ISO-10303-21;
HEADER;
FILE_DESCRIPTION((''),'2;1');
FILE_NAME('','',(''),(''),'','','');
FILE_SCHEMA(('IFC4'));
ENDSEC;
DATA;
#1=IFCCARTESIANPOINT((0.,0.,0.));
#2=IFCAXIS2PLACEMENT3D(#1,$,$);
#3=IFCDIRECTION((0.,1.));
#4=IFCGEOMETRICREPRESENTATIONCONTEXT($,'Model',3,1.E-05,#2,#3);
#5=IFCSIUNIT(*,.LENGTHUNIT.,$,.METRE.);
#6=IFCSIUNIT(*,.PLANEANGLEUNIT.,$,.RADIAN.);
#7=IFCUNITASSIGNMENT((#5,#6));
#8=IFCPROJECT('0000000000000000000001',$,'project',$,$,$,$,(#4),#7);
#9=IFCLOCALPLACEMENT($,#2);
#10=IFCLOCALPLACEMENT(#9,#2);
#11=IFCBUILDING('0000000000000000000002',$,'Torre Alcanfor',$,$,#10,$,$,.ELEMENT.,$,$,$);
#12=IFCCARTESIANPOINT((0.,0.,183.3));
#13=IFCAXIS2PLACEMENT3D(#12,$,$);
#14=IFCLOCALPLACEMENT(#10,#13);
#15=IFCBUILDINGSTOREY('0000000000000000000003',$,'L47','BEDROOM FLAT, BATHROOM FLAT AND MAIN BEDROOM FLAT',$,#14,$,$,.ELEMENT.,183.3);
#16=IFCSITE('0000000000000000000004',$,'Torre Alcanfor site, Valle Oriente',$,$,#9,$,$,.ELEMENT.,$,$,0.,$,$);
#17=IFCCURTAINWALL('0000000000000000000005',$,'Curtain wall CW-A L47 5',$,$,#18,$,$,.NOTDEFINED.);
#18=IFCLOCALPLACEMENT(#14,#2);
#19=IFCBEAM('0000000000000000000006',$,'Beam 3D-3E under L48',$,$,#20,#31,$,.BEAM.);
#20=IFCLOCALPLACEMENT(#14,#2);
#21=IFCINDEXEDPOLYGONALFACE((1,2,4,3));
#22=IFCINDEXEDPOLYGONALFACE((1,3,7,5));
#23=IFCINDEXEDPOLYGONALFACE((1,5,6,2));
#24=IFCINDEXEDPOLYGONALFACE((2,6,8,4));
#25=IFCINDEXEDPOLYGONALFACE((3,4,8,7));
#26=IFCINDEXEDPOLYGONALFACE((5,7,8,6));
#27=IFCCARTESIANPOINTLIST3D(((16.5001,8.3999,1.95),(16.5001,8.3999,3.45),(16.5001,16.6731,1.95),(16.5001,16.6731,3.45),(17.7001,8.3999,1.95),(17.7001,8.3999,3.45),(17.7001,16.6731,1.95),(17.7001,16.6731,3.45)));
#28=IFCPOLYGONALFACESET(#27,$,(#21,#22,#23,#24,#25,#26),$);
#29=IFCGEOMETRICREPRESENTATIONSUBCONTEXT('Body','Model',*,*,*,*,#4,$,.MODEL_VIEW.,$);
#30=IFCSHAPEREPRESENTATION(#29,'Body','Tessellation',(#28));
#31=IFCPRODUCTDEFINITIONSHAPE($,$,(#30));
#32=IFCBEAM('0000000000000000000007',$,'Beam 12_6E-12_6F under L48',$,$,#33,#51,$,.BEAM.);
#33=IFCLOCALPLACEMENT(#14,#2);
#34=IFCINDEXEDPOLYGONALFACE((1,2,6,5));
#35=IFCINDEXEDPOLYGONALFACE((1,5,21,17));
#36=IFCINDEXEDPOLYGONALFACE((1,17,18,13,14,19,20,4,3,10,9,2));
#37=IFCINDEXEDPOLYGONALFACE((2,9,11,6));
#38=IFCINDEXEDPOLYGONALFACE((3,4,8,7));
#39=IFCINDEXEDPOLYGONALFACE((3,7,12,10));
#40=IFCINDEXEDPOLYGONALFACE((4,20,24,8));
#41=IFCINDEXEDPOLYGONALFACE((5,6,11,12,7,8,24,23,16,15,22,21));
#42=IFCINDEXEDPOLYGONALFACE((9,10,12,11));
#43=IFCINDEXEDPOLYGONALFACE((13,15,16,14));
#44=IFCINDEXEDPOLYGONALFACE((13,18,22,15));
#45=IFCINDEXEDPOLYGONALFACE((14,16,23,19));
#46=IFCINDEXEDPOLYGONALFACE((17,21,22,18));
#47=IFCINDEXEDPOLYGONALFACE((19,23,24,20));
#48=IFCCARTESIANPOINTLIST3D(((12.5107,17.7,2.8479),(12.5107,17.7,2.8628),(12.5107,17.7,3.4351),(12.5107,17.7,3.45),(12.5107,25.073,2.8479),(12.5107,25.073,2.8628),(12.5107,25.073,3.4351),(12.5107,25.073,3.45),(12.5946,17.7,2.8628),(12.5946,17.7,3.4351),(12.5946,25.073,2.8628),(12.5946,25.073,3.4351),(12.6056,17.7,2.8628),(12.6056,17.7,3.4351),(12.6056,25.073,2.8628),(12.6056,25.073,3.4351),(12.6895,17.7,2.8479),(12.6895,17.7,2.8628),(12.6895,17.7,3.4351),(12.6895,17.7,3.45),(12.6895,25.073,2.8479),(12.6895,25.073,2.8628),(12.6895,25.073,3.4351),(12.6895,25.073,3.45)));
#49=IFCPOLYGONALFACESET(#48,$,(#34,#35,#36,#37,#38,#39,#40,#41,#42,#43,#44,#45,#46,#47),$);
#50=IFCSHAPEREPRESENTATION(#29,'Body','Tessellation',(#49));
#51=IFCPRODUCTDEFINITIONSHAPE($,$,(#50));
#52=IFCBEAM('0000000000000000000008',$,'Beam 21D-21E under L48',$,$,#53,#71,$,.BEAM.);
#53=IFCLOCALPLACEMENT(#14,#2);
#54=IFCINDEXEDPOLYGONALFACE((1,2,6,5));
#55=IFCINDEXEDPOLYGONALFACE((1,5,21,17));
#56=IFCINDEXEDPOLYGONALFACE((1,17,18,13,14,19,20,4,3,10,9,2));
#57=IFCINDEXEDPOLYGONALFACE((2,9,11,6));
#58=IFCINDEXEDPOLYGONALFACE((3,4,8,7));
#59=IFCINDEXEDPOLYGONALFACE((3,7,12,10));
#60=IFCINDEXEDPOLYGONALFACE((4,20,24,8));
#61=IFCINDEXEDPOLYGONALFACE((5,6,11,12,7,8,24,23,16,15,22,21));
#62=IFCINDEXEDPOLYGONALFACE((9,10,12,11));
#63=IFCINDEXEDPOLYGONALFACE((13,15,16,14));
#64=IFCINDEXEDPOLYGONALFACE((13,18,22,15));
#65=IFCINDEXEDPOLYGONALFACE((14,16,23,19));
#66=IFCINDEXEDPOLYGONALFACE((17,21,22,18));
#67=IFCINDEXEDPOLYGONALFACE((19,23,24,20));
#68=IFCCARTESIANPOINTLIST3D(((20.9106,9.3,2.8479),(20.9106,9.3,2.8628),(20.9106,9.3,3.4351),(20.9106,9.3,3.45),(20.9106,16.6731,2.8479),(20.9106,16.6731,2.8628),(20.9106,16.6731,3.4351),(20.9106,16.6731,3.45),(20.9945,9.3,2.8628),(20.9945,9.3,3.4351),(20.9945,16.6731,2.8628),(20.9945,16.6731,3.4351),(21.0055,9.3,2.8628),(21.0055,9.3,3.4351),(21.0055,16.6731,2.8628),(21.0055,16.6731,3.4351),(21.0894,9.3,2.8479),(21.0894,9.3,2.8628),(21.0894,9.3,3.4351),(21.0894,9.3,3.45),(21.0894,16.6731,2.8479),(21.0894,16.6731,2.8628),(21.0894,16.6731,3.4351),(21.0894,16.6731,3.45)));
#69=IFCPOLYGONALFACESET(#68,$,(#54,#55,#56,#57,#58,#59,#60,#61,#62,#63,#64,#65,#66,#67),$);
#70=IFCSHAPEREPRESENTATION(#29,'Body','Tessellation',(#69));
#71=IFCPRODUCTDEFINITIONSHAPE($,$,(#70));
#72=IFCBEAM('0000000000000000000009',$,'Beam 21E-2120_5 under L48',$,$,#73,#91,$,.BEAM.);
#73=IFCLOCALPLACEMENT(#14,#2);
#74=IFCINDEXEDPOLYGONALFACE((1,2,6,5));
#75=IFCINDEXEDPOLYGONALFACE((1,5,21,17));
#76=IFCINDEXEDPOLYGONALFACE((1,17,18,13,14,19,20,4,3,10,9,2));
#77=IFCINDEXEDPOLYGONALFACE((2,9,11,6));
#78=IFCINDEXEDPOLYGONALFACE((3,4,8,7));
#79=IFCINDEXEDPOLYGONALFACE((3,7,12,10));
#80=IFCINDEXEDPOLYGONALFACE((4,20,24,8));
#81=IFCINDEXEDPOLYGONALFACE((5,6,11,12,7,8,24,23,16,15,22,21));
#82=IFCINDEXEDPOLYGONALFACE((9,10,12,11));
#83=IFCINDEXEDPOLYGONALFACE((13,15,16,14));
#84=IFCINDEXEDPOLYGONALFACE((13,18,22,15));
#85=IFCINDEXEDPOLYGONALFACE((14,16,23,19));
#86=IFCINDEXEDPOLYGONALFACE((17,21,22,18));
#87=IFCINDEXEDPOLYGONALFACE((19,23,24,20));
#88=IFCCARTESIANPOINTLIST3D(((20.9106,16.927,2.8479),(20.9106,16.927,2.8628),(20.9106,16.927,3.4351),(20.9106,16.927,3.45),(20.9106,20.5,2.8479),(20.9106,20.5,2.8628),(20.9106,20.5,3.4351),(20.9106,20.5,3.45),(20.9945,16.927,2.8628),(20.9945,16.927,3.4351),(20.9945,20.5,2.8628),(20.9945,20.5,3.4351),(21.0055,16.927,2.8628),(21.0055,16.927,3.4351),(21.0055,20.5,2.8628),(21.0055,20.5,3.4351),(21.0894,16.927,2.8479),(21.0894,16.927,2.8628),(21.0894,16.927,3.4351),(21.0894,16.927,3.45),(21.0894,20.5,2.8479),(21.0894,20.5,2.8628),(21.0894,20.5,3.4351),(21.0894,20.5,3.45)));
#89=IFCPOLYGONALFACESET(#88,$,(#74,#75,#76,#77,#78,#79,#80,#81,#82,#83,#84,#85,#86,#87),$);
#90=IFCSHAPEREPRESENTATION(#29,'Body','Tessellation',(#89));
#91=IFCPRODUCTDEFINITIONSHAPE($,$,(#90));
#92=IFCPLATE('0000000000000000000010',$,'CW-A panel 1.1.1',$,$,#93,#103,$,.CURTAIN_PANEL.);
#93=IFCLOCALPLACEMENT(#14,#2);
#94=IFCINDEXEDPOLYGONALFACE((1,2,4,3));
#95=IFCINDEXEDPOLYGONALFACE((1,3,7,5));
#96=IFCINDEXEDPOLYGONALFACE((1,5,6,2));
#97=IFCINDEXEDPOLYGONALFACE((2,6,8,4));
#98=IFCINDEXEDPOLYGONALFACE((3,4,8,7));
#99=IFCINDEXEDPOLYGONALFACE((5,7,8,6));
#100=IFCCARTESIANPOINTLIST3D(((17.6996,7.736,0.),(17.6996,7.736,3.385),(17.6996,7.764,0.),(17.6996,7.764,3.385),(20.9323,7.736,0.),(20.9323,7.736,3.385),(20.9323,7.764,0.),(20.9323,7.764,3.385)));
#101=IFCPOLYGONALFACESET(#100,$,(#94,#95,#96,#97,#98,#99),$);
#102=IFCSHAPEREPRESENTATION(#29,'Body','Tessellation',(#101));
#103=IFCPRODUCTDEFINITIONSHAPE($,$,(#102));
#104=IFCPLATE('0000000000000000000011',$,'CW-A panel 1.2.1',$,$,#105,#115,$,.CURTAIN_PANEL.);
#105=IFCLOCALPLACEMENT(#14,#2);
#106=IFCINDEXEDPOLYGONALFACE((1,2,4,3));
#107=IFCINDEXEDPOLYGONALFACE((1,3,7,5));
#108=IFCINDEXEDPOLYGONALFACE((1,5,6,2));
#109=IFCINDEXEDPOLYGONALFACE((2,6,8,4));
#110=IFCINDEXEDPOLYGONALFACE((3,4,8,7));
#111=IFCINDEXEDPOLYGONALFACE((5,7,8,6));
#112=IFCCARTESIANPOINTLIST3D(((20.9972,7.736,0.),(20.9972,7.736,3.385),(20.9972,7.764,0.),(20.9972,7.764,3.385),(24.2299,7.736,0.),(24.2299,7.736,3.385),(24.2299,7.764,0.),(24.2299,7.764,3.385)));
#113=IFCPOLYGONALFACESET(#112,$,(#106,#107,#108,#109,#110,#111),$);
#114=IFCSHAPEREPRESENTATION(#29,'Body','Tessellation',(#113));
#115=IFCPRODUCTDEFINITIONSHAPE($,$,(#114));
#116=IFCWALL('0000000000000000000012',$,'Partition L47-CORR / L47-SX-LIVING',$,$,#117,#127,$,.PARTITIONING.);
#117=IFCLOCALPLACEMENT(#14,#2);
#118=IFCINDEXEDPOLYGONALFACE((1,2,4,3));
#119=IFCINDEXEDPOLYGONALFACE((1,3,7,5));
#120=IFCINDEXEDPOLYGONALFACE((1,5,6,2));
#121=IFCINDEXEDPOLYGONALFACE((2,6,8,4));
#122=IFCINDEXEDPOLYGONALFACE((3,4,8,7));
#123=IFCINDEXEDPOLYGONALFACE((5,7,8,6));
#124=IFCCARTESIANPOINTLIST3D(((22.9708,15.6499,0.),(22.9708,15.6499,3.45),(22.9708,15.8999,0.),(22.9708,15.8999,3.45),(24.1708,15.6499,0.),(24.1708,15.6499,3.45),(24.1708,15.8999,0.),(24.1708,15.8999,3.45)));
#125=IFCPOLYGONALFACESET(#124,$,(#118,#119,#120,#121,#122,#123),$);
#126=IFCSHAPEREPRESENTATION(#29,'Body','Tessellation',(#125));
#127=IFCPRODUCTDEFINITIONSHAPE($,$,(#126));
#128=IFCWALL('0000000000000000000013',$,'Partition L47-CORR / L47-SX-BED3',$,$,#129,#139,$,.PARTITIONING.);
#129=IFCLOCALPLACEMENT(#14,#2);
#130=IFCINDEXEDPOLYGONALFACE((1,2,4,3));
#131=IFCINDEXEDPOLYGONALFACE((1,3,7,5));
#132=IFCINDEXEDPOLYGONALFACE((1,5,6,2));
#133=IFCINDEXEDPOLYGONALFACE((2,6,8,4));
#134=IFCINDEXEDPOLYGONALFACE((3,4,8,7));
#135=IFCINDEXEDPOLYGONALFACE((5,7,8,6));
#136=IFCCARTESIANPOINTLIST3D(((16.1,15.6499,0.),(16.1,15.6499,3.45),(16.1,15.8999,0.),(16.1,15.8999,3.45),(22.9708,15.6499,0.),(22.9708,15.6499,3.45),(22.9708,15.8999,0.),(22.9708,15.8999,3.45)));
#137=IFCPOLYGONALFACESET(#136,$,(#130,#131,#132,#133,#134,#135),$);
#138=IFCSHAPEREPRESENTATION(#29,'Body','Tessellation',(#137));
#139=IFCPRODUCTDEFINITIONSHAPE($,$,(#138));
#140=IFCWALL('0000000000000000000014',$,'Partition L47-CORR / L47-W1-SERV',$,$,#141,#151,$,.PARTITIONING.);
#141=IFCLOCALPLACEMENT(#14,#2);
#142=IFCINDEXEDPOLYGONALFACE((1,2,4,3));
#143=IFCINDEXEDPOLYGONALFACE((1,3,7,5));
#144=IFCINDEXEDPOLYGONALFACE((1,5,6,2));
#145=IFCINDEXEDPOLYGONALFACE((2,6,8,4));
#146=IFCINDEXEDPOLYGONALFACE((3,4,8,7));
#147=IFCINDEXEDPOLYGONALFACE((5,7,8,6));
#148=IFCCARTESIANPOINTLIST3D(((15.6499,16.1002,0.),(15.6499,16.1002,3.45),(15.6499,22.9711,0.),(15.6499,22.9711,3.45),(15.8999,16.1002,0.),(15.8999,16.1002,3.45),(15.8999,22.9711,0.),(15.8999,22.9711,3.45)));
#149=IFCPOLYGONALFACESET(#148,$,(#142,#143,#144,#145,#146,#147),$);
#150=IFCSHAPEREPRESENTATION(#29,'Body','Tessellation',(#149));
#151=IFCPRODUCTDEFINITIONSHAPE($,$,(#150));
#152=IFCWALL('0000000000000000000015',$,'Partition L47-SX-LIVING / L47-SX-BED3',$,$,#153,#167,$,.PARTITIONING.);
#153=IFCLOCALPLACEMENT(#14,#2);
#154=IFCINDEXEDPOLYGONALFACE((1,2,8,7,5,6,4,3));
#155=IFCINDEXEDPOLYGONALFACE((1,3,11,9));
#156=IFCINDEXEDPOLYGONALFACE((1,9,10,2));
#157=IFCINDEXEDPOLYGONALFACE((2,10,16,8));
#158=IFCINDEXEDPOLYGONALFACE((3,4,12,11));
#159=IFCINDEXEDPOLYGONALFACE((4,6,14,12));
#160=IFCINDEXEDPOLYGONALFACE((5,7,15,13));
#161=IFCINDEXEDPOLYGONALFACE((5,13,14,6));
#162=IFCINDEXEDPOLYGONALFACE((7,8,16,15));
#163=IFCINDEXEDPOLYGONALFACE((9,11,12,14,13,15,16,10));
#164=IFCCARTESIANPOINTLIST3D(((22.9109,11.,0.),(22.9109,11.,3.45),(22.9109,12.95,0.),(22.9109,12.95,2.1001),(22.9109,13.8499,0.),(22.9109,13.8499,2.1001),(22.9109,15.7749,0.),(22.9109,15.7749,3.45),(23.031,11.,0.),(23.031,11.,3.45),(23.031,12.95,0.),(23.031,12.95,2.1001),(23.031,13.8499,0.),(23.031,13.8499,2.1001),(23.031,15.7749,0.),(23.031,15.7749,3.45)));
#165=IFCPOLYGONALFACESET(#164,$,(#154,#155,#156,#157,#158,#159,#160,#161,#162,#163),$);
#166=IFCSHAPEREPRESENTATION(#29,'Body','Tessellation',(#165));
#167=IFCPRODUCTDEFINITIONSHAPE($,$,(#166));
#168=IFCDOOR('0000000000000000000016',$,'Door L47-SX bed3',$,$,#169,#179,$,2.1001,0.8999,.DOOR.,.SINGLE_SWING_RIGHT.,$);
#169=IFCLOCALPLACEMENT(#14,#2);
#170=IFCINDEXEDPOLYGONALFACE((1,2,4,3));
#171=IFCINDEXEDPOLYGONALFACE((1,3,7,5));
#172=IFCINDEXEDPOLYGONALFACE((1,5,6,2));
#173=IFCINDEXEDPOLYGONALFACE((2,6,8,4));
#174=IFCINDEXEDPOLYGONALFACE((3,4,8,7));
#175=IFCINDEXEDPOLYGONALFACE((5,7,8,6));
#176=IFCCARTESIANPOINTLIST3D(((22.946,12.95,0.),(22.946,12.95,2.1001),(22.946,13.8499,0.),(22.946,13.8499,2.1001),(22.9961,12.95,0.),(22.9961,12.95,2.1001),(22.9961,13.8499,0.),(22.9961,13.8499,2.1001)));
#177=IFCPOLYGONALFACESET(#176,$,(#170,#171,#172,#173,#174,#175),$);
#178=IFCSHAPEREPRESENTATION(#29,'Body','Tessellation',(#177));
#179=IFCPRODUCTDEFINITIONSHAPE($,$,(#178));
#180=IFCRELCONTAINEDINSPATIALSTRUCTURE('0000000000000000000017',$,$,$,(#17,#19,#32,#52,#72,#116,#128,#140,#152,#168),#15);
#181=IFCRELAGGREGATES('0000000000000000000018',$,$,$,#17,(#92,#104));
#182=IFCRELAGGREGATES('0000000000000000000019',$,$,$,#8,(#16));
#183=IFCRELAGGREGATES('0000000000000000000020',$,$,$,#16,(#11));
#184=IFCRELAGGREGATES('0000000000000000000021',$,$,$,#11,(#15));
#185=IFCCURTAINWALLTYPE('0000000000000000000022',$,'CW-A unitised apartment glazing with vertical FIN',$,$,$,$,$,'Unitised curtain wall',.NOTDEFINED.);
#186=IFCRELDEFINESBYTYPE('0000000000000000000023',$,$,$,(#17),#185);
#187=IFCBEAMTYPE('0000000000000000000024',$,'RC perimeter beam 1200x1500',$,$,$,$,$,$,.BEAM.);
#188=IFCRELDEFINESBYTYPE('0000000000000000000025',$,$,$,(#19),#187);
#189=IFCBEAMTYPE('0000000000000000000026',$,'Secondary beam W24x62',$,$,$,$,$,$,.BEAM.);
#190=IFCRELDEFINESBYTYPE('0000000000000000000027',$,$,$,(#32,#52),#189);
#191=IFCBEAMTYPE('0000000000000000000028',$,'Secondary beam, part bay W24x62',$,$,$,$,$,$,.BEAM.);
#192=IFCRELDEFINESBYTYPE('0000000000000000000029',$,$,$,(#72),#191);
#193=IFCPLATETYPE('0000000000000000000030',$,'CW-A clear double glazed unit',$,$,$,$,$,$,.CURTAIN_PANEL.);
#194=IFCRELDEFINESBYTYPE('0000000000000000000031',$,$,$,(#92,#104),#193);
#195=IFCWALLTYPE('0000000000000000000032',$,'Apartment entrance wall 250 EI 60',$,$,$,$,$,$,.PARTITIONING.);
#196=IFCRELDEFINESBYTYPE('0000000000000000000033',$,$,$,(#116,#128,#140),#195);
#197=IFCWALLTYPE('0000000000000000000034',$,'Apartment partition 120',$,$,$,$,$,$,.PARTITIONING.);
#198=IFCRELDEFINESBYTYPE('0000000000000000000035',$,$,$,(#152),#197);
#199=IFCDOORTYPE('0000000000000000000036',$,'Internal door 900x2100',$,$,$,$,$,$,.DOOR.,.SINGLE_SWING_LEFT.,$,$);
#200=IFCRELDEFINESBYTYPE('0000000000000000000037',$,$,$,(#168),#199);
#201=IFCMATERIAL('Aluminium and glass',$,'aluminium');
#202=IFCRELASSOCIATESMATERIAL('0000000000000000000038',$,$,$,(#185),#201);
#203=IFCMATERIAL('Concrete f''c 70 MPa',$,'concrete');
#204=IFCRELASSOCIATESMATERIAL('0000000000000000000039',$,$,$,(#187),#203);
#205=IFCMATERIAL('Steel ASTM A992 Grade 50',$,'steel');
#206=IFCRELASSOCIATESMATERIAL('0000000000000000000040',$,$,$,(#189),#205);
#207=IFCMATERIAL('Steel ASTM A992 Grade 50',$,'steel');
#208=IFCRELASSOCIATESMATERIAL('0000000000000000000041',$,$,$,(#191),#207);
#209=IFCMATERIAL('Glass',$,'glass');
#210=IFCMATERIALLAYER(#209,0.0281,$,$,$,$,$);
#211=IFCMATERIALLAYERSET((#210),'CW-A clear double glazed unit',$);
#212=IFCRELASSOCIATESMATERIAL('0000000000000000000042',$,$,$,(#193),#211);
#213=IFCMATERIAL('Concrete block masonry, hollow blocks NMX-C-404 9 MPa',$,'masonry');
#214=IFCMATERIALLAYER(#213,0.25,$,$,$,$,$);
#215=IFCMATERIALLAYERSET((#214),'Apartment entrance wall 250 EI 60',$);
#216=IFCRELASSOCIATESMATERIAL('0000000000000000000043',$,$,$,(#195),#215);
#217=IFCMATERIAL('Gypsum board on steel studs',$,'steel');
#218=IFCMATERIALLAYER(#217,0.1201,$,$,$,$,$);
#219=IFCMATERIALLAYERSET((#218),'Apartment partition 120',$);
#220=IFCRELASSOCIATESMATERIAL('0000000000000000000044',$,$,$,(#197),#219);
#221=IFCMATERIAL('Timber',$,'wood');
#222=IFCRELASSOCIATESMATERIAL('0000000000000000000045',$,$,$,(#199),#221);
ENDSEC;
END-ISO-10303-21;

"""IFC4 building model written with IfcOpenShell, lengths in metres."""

from ifc_helpers import new_model, si_unit, direction, frame, frame_2d, origin, origin_2d, place, context, subcontext, project, spatial, rectangle, i_section, extrude, material, layer, layer_set, material_profile, profile_set, type_object, element, fill, aggregate, save


model = new_model("IFC4")

# Units and contexts
model_context = context("Model", 3, precision=1e-05, world=origin(), true_north=direction((0.0, 1.0)))
body_context = subcontext(model_context, "Body", "Model", "MODEL_VIEW")
ifc_project = project(units=[si_unit("LENGTHUNIT", "METRE"), si_unit("PLANEANGLEUNIT", "RADIAN")], contexts=[model_context])

# Site, building, storey
site_placement = place(None, origin())
site = spatial("IfcSite", under=ifc_project, at=site_placement, Name="Torre Alcanfor site, Valle Oriente", CompositionType="ELEMENT", RefElevation=0.0)
building_placement = place(site_placement, origin())
building = spatial("IfcBuilding", under=site, at=building_placement, Name="Torre Alcanfor", CompositionType="ELEMENT")
storey_placement = place(building_placement, frame((0.0, 0.0, 183.3)))
storey = spatial("IfcBuildingStorey", under=building, at=storey_placement, Name="L47", Description="BEDROOM FLAT, BATHROOM FLAT AND MAIN BEDROOM FLAT", CompositionType="ELEMENT", Elevation=183.3)

# Curtain wall
ifc_material_1 = material(Name="Aluminium and glass", Category="aluminium")
curtain_wall_type = type_object("IfcCurtainWallType", Name="CW-A unitised apartment glazing with vertical FIN", ElementType="Unitised curtain wall", PredefinedType="NOTDEFINED", material=ifc_material_1)
curtain_wall_placement = place(storey_placement, origin())
curtain_wall = element("IfcCurtainWall", 1, at=curtain_wall_placement, inside=storey, type_object=curtain_wall_type, Name="Curtain wall CW-A L47 5", PredefinedType="NOTDEFINED")

# Beams
ifc_material_2 = material(Name="Concrete f'c 70 MPa", Category="concrete")
ifc_material_profile_1 = material_profile(ifc_material_2, rectangle(XDim=1.2, YDim=1.5, at=origin_2d()), Name="1200x1500")
ifc_profile_set_1 = profile_set([ifc_material_profile_1], Name="Concrete f'c 70 MPa")
beam_type_1 = type_object("IfcBeamType", Name="RC perimeter beam 1200x1500", PredefinedType="BEAM", material=ifc_profile_set_1)
beam_1_placement = place(storey_placement, frame((17.1001, 8.3999, 2.7), z_axis=(0.0, 1.0, 0.0), x_axis=(-1.0, 0.0, 0.0)))
element("IfcBeam", 2, at=beam_1_placement, inside=storey, type_object=beam_type_1, Name="Beam 3D-3E under L48", PredefinedType="BEAM", context=body_context, shape_type="SweptSolid", body=[
    extrude(rectangle(XDim=1.2, YDim=1.5, at=origin_2d()), origin(), (0.0, 0.0, 1.0), 8.2732),
])
ifc_material_3 = material(Name="Steel ASTM A992 Grade 50", Category="steel")
ifc_material_profile_2 = material_profile(ifc_material_3, i_section(OverallWidth=0.1787, OverallDepth=0.6021, WebThickness=0.011, FlangeThickness=0.0149, at=origin_2d()), Name="W24x62")
ifc_profile_set_2 = profile_set([ifc_material_profile_2], Name="Steel ASTM A992 Grade 50")
beam_type_2 = type_object("IfcBeamType", Name="Secondary beam W24x62", PredefinedType="BEAM", material=ifc_profile_set_2)
for number, where, z_axis, x_axis, name in (
    (3, (12.6001, 17.7, 3.1489), (0.0, 1.0, 0.0), (-1.0, 0.0, 0.0), "Beam 12_6E-12_6F under L48"),
    (4, (21.0, 9.3, 3.1489), (0.0, 1.0, 0.0), (-1.0, 0.0, 0.0), "Beam 21D-21E under L48"),
):
    element("IfcBeam", number, at=place(storey_placement, frame(where, z_axis=z_axis, x_axis=x_axis)), inside=storey, type_object=beam_type_2, Name=name, PredefinedType="BEAM", context=body_context, shape_type="SweptSolid", body=[
        extrude(i_section(OverallWidth=0.1787, OverallDepth=0.6021, WebThickness=0.011, FlangeThickness=0.0149, at=origin_2d()), origin(), (0.0, 0.0, 1.0), 7.373),
    ])
ifc_material_4 = material(Name="Steel ASTM A992 Grade 50", Category="steel")
ifc_material_profile_3 = material_profile(ifc_material_4, i_section(OverallWidth=0.1787, OverallDepth=0.6021, WebThickness=0.011, FlangeThickness=0.0149, at=origin_2d()), Name="W24x62")
ifc_profile_set_3 = profile_set([ifc_material_profile_3], Name="Steel ASTM A992 Grade 50")
beam_type_3 = type_object("IfcBeamType", Name="Secondary beam, part bay W24x62", PredefinedType="BEAM", material=ifc_profile_set_3)
beam_2_placement = place(storey_placement, frame((21.0, 16.927, 3.1489), z_axis=(0.0, 1.0, 0.0), x_axis=(-1.0, 0.0, 0.0)))
element("IfcBeam", 5, at=beam_2_placement, inside=storey, type_object=beam_type_3, Name="Beam 21E-2120_5 under L48", PredefinedType="BEAM", context=body_context, shape_type="SweptSolid", body=[
    extrude(i_section(OverallWidth=0.1787, OverallDepth=0.6021, WebThickness=0.011, FlangeThickness=0.0149, at=origin_2d()), origin(), (0.0, 0.0, 1.0), 3.573),
])

# Plates
ifc_material_5 = material(Name="Glass", Category="glass")
ifc_layer_1 = layer(ifc_material_5, 0.0281)
ifc_layer_set_1 = layer_set([ifc_layer_1], Name="CW-A clear double glazed unit")
plate_type = type_object("IfcPlateType", Name="CW-A clear double glazed unit", PredefinedType="CURTAIN_PANEL", material=ifc_layer_set_1)
plate_1_placement = place(storey_placement, frame((19.3159, 7.75, 0.0), z_axis=(0.0, 0.0, 1.0), x_axis=(1.0, 0.0, 0.0)))
plate_1 = element("IfcPlate", 6, at=plate_1_placement, type_object=plate_type, Name="CW-A panel 1.1.1", PredefinedType="CURTAIN_PANEL", context=body_context, shape_type="SweptSolid", body=[
    extrude(rectangle(XDim=3.2327, YDim=0.0281, at=origin_2d()), origin(), (0.0, 0.0, 1.0), 3.385),
])
plate_2_placement = place(storey_placement, frame((22.6135, 7.75, 0.0), z_axis=(0.0, 0.0, 1.0), x_axis=(1.0, 0.0, 0.0)))
plate_2 = element("IfcPlate", 7, at=plate_2_placement, type_object=plate_type, Name="CW-A panel 1.2.1", PredefinedType="CURTAIN_PANEL", context=body_context, shape_type="SweptSolid", body=[
    extrude(rectangle(XDim=3.2327, YDim=0.0281, at=origin_2d()), origin(), (0.0, 0.0, 1.0), 3.385),
])
aggregate(curtain_wall, [plate_1, plate_2])

# Walls
ifc_material_6 = material(Name="Concrete block masonry, hollow blocks NMX-C-404 9 MPa", Category="masonry")
ifc_layer_2 = layer(ifc_material_6, 0.25)
ifc_layer_set_2 = layer_set([ifc_layer_2], Name="Apartment entrance wall 250 EI 60")
wall_type_1 = type_object("IfcWallType", Name="Apartment entrance wall 250 EI 60", PredefinedType="PARTITIONING", material=ifc_layer_set_2)
wall_1_placement = place(storey_placement, frame((24.1709, 15.7749, 0.0), z_axis=(0.0, 0.0, 1.0), x_axis=(-1.0, 0.0, 0.0)))
element("IfcWall", 8, at=wall_1_placement, inside=storey, type_object=wall_type_1, Name="Partition L47-CORR / L47-SX-LIVING", PredefinedType="PARTITIONING", context=body_context, shape_type="SweptSolid", body=[
    extrude(rectangle(XDim=1.2, YDim=0.25, at=frame_2d((0.6001, 0.0))), origin(), (0.0, 0.0, 1.0), 3.45),
])
for number, where, z_axis, x_axis, name in (
    (9, (22.9709, 15.7749, 0.0), (0.0, 0.0, 1.0), (-1.0, 0.0, 0.0), "Partition L47-CORR / L47-SX-BED3"),
    (10, (15.7749, 16.1001, 0.0), (0.0, 0.0, 1.0), (0.0, 1.0, 0.0), "Partition L47-CORR / L47-W1-SERV"),
):
    element("IfcWall", number, at=place(storey_placement, frame(where, z_axis=z_axis, x_axis=x_axis)), inside=storey, type_object=wall_type_1, Name=name, PredefinedType="PARTITIONING", context=body_context, shape_type="SweptSolid", body=[
        extrude(rectangle(XDim=6.8708, YDim=0.25, at=frame_2d((3.4355, 0.0))), origin(), (0.0, 0.0, 1.0), 3.45),
    ])

# Wall, opening, door
ifc_material_7 = material(Name="Gypsum board on steel studs", Category="steel")
ifc_layer_3 = layer(ifc_material_7, 0.1201)
ifc_layer_set_3 = layer_set([ifc_layer_3], Name="Apartment partition 120")
wall_type_2 = type_object("IfcWallType", Name="Apartment partition 120", PredefinedType="PARTITIONING", material=ifc_layer_set_3)
wall_2_placement = place(storey_placement, frame((22.9709, 11.0, 0.0), z_axis=(0.0, 0.0, 1.0), x_axis=(0.0, 1.0, 0.0)))
wall_2 = element("IfcWall", 11, at=wall_2_placement, inside=storey, type_object=wall_type_2, Name="Partition L47-SX-LIVING / L47-SX-BED3", PredefinedType="PARTITIONING", context=body_context, shape_type="SweptSolid", body=[
    extrude(rectangle(XDim=4.7749, YDim=0.1201, at=frame_2d((2.3875, 0.0))), origin(), (0.0, 0.0, 1.0), 3.45),
])
opening_1_placement = place(wall_2_placement, frame((1.95, 0.0, 0.0)))
opening_1 = element("IfcOpeningElement", 12, at=opening_1_placement, cuts=wall_2, PredefinedType="OPENING", context=body_context, shape_type="SweptSolid", body=[
    extrude(rectangle(XDim=0.8999, YDim=2.1001, at=frame_2d((0.45, 1.05))), frame((0.0, 0.0701, 0.0), z_axis=(0.0, -1.0, 0.0), x_axis=(1.0, 0.0, 0.0)), (0.0, 0.0, 1.0), 0.1401),
])
ifc_material_8 = material(Name="Timber", Category="wood")
door_type_1 = type_object("IfcDoorType", Name="Internal door 900x2100", OperationType="SINGLE_SWING_LEFT", PredefinedType="DOOR", material=ifc_material_8)
door_1_placement = place(opening_1_placement, origin())
door_1 = element("IfcDoor", 13, at=door_1_placement, inside=storey, type_object=door_type_1, Name="Door L47-SX bed3", OperationType="SINGLE_SWING_RIGHT", OverallHeight=2.1001, OverallWidth=0.8999, PredefinedType="DOOR", context=body_context, shape_type="SweptSolid", body=[
    extrude(rectangle(XDim=0.8999, YDim=2.1001, at=frame_2d((0.45, 1.05))), frame((0.0, 0.0249, 0.0), z_axis=(0.0, -1.0, 0.0), x_axis=(1.0, 0.0, 0.0)), (0.0, 0.0, 1.0), 0.05),
])
fill(opening_1, door_1)

save(model, "model.ifc")
